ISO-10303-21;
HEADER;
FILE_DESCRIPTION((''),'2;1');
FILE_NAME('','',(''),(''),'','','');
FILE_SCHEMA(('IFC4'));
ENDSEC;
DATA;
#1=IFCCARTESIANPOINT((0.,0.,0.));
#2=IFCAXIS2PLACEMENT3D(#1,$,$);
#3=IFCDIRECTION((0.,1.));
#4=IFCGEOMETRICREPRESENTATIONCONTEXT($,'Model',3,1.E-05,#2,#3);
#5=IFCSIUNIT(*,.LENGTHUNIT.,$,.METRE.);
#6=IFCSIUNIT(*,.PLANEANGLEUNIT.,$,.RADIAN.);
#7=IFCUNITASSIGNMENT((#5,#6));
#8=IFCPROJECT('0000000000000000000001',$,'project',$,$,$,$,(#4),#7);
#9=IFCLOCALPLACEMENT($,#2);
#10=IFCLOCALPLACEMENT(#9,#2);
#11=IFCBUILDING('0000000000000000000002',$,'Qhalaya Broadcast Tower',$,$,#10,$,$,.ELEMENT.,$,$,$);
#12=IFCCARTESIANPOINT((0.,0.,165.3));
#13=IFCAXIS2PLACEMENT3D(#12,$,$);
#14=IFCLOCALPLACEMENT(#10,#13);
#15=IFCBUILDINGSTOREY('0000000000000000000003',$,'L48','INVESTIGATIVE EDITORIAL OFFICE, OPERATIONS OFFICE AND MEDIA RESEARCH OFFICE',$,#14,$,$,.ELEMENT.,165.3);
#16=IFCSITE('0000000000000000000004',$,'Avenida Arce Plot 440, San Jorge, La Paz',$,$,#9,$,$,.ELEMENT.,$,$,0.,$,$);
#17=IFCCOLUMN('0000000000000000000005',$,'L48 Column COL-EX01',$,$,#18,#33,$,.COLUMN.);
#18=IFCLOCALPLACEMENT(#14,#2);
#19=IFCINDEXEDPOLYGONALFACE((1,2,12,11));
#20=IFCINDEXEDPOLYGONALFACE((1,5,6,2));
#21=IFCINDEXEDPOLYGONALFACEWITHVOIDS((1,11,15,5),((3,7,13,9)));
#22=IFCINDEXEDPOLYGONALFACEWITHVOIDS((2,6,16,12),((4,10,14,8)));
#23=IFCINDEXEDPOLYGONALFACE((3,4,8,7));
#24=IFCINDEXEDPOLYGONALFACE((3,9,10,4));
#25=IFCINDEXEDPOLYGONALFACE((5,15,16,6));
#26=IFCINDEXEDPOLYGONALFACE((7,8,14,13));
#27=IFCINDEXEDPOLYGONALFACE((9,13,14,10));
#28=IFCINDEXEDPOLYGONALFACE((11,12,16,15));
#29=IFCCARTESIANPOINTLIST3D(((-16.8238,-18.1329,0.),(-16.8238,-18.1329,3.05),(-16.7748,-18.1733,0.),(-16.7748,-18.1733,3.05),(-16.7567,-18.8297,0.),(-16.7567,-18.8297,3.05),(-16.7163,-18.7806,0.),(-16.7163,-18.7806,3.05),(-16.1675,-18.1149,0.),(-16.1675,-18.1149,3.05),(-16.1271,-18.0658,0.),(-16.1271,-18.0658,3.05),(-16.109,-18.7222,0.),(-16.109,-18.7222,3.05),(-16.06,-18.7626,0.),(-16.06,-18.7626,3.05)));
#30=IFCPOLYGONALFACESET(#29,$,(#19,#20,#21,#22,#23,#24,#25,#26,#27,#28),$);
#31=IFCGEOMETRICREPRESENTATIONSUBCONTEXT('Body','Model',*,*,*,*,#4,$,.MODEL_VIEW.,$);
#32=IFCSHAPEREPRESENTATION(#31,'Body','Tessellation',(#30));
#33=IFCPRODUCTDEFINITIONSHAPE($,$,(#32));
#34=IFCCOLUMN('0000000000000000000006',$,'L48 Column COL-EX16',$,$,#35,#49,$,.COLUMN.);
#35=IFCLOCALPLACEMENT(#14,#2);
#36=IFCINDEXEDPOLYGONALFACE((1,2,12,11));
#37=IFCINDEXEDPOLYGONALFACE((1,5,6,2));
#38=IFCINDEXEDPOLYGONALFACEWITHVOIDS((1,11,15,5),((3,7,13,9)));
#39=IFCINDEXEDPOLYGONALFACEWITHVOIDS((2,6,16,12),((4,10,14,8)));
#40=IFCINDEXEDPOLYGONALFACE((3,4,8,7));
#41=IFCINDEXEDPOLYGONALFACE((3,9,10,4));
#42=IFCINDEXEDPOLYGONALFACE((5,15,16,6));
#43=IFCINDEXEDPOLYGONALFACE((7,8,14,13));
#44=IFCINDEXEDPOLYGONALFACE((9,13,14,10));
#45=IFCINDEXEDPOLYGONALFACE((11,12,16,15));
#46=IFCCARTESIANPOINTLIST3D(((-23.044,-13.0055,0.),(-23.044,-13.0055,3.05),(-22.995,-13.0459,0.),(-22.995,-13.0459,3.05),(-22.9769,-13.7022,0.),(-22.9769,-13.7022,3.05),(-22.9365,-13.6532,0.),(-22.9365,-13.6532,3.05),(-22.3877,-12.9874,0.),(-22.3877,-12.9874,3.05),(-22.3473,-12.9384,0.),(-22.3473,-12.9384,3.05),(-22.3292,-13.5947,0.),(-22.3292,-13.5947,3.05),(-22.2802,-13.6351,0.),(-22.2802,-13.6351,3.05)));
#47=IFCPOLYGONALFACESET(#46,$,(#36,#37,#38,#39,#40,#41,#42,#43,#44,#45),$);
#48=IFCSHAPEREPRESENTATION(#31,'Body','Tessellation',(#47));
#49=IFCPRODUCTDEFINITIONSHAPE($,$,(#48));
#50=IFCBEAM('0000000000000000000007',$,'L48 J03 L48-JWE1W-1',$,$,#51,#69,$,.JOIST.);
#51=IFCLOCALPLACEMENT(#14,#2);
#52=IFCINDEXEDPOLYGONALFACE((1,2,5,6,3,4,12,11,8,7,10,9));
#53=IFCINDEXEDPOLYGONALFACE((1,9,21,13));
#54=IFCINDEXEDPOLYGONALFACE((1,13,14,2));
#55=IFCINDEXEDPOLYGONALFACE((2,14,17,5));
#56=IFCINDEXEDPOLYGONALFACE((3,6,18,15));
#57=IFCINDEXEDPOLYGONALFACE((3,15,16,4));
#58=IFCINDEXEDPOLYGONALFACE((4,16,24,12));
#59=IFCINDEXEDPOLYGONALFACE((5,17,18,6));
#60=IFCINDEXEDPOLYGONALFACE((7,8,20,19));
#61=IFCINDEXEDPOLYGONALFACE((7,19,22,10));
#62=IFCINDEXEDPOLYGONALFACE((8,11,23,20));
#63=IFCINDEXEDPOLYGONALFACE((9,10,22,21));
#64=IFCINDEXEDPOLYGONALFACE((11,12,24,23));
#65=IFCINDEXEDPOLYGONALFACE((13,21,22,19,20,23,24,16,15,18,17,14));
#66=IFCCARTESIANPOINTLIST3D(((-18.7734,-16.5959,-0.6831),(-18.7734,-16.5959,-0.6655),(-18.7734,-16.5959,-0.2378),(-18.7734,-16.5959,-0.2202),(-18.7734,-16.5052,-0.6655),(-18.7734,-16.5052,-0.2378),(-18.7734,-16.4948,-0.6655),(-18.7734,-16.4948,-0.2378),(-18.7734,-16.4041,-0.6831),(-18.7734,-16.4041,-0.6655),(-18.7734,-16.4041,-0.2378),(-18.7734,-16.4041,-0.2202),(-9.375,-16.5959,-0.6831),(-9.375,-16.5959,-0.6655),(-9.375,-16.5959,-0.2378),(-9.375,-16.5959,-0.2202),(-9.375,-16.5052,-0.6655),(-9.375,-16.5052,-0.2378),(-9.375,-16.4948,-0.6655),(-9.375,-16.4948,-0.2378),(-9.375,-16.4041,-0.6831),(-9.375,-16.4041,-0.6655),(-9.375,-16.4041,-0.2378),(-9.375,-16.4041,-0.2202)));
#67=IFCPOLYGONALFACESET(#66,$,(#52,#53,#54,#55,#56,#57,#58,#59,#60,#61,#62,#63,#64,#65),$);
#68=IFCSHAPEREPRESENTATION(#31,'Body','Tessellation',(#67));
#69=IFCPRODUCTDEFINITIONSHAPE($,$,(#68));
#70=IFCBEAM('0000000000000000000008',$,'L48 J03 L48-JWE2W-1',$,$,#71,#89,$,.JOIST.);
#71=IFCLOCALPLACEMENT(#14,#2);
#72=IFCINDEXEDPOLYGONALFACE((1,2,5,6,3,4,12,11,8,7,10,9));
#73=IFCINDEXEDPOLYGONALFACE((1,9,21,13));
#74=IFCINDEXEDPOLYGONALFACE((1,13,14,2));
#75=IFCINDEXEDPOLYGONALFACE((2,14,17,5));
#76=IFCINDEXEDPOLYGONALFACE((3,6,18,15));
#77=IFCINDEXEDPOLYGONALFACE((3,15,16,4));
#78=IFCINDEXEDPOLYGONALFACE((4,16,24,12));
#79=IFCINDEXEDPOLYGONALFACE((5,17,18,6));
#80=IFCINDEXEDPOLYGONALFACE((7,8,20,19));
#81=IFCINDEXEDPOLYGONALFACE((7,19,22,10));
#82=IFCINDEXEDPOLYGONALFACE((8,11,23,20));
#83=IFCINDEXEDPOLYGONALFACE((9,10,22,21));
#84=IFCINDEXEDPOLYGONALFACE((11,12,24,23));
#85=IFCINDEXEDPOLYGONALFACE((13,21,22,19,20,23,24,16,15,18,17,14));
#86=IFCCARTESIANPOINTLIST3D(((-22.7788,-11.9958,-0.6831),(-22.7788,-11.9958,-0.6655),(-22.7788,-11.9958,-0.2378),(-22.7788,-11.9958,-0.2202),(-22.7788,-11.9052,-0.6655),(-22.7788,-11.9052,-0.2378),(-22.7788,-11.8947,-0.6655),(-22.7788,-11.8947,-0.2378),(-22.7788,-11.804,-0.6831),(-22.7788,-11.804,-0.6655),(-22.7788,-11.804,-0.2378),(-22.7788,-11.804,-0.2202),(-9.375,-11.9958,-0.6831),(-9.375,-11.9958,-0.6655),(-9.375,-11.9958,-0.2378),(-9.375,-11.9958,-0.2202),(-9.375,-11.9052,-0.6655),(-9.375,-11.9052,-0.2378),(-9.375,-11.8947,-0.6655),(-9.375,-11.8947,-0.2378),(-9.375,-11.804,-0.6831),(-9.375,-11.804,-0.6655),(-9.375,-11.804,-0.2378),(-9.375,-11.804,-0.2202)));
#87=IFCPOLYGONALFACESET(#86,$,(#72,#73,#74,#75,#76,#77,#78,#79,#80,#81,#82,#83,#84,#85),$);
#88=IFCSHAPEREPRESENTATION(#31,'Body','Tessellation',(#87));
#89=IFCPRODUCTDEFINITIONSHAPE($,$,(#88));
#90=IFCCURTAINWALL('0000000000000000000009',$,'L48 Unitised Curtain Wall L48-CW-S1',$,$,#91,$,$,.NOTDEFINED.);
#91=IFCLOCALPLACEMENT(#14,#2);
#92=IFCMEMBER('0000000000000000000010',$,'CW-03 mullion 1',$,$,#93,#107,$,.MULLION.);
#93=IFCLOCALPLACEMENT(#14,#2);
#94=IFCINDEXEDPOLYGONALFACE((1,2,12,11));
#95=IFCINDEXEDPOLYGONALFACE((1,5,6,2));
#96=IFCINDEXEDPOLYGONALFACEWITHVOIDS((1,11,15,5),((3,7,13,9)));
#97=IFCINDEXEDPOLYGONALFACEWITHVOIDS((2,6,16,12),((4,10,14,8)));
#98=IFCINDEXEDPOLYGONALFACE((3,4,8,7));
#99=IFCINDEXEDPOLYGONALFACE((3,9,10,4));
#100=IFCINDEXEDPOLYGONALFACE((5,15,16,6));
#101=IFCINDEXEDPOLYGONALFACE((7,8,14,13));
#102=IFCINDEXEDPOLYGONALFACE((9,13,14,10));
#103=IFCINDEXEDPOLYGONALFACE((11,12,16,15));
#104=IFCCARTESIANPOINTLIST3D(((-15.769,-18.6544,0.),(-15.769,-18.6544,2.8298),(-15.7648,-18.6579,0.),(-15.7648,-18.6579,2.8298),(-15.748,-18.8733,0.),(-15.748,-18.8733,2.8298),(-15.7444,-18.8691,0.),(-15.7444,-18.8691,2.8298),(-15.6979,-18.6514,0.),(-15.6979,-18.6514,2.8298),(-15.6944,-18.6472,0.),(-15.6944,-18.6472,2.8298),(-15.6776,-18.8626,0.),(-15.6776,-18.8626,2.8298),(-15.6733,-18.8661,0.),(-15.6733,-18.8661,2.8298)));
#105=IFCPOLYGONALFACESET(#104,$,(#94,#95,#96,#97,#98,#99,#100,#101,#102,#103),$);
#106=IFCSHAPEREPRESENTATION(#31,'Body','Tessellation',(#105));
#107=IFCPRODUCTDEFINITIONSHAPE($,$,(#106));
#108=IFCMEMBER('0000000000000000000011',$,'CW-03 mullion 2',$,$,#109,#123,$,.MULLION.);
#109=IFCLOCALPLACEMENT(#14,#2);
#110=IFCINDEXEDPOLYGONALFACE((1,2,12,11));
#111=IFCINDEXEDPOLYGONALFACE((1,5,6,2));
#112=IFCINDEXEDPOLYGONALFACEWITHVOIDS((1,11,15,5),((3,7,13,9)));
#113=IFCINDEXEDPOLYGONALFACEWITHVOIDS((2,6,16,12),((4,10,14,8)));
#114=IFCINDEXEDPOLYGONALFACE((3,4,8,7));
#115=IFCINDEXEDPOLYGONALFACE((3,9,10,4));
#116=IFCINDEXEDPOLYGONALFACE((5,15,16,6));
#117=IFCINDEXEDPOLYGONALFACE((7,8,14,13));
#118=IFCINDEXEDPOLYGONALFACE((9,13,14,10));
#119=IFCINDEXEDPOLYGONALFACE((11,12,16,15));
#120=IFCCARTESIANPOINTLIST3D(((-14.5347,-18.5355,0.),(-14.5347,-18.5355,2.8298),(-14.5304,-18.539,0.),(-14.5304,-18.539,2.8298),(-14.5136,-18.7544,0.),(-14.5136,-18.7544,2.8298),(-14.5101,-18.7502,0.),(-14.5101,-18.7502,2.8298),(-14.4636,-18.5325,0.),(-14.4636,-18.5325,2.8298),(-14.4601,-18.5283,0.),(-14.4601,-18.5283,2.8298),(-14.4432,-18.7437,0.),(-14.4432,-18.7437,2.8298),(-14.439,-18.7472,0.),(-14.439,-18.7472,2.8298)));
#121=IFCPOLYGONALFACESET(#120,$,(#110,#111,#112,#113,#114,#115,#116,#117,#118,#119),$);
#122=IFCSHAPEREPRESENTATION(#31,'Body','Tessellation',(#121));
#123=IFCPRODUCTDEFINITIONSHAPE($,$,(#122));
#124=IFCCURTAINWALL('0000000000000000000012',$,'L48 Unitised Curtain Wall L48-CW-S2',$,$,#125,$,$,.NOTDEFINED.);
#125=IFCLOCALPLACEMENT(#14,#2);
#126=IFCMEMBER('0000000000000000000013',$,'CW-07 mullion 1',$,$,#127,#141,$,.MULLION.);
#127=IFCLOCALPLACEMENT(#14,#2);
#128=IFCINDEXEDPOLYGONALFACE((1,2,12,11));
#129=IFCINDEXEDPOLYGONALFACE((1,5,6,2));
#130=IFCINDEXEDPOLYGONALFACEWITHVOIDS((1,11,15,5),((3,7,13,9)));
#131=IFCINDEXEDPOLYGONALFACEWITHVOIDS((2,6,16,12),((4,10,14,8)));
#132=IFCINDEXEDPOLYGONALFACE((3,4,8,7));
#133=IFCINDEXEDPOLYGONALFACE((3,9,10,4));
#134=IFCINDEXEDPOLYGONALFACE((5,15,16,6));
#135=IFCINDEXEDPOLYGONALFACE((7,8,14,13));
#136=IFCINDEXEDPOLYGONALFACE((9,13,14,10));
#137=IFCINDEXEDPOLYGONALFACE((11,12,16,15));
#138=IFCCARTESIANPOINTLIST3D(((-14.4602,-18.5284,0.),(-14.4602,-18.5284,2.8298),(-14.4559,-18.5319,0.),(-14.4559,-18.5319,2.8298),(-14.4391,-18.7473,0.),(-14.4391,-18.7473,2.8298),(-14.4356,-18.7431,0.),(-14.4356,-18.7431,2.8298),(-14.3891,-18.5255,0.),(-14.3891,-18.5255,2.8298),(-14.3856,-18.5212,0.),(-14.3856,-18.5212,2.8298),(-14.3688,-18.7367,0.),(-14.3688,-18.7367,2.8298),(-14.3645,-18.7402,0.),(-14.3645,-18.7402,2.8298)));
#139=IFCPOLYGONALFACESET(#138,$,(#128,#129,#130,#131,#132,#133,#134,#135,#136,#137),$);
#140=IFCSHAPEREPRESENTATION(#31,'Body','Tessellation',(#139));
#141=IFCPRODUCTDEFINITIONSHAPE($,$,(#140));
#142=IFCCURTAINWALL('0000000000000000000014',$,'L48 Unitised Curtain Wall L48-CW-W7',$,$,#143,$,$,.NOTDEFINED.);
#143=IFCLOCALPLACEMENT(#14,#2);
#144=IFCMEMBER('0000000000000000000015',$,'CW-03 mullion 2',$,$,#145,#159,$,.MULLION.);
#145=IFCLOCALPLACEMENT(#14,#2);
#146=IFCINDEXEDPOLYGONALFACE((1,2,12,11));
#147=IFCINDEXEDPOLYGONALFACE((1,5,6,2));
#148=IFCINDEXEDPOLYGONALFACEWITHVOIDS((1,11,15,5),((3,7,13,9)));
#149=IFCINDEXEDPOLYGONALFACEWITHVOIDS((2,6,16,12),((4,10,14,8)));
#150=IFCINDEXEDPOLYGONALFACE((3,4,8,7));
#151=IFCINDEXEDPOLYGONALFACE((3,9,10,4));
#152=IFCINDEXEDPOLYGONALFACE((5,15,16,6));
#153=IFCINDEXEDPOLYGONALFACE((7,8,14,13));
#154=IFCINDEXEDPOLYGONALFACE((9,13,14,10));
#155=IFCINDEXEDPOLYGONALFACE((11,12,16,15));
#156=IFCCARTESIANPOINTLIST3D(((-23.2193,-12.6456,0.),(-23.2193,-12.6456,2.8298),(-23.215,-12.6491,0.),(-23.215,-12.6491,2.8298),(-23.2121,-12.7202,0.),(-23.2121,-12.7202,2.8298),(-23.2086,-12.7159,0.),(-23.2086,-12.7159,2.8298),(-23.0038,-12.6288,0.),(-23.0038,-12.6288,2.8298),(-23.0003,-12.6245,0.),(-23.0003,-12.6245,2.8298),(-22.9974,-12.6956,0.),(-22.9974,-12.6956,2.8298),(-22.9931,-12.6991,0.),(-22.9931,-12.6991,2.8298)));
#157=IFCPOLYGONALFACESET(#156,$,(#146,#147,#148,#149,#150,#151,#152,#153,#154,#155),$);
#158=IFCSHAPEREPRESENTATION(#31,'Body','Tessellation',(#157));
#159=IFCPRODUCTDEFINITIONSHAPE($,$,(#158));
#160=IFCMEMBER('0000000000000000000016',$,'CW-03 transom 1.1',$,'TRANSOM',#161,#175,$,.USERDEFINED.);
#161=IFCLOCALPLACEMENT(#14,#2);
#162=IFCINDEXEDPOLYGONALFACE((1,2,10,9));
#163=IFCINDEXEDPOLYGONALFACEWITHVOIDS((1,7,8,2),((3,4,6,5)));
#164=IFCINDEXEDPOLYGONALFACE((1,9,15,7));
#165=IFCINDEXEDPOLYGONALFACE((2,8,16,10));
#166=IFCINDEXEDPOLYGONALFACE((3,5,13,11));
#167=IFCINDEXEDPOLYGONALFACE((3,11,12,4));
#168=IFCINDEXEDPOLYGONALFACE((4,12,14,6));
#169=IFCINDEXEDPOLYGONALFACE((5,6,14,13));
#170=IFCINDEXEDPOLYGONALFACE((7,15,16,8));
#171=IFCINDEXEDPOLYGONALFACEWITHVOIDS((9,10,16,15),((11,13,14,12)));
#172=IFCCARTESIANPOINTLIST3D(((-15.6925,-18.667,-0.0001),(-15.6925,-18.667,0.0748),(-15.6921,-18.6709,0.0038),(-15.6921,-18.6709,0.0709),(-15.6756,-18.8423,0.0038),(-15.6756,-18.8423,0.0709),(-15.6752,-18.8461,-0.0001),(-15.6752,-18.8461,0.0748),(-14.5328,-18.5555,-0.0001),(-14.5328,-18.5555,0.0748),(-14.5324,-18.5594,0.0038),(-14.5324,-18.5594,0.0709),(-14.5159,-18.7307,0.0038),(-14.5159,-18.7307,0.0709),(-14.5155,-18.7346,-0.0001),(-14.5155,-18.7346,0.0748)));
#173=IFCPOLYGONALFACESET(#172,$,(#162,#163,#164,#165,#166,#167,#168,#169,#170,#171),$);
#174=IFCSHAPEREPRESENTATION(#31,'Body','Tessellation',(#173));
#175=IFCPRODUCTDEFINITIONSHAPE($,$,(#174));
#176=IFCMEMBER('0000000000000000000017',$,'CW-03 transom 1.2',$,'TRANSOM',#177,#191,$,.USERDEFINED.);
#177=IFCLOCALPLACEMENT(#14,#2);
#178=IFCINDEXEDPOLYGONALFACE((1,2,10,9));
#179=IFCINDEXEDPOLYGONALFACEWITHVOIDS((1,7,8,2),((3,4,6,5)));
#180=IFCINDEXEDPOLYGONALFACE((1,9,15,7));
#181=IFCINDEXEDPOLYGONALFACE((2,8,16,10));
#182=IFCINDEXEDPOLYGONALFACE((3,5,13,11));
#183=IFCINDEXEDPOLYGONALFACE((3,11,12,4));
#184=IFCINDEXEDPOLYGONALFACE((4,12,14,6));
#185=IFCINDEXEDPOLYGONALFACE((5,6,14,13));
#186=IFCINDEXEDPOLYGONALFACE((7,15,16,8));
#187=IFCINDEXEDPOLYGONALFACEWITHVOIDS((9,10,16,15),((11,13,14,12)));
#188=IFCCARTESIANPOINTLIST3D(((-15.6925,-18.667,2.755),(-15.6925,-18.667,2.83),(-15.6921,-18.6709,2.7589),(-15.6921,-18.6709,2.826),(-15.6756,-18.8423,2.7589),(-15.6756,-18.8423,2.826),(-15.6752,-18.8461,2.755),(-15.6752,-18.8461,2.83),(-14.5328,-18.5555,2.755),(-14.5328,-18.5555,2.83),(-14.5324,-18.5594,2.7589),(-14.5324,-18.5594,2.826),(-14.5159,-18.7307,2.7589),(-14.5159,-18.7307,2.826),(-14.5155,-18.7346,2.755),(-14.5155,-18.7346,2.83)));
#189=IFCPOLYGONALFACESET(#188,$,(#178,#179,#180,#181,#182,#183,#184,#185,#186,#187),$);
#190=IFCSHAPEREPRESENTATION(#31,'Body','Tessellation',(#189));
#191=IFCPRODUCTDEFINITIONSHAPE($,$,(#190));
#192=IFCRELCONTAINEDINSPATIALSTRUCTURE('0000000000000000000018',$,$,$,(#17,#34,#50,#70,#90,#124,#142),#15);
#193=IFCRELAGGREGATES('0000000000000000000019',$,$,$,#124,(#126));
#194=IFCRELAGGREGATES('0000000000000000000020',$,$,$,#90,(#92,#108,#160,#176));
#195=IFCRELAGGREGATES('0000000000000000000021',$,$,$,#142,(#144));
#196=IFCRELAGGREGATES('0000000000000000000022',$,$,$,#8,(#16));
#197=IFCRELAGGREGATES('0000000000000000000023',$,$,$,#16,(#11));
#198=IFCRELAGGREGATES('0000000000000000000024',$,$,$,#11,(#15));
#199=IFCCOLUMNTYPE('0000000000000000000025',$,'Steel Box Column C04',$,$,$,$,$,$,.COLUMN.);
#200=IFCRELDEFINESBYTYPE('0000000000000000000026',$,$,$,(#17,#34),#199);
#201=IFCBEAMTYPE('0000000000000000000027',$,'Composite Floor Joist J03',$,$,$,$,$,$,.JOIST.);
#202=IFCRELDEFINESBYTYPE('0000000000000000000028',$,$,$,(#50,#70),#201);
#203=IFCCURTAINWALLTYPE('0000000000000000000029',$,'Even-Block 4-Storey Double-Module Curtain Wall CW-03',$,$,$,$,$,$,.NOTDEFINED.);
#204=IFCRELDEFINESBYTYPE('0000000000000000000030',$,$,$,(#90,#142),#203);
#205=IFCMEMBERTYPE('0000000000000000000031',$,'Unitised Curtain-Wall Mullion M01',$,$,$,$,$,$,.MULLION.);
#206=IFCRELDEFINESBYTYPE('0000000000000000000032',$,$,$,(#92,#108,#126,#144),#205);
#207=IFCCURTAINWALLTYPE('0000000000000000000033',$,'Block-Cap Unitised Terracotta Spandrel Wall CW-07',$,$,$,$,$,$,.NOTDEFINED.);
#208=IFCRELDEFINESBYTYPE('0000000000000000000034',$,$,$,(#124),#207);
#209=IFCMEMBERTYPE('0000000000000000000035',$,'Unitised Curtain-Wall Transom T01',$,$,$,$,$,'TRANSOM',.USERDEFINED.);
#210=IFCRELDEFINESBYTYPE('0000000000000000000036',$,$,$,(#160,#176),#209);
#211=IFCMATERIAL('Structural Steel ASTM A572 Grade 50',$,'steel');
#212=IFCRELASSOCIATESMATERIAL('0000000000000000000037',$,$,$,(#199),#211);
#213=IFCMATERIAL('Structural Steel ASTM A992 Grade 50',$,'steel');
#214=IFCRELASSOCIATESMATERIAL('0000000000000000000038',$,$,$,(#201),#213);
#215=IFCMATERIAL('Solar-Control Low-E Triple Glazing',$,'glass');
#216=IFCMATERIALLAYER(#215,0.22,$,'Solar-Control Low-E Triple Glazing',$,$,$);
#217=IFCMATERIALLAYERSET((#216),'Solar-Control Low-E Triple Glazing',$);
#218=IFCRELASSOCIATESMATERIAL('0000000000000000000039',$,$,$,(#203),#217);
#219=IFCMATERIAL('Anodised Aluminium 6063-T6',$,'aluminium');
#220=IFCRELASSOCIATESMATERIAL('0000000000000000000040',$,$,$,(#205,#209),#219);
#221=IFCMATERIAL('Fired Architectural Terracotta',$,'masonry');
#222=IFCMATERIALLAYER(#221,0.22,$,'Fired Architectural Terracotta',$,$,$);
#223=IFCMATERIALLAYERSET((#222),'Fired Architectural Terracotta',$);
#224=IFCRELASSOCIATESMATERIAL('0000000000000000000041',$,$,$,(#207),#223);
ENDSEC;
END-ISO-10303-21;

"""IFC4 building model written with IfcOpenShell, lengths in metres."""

from ifc_helpers import new_model, si_unit, direction, frame, origin, origin_2d, place, context, subcontext, project, spatial, hollow_rectangle, i_section, extrude, material, layer, layer_set, material_profile, profile_set, type_object, element, aggregate, save


model = new_model("IFC4")

# Units and contexts
model_context = context("Model", 3, precision=1e-05, world=origin(), true_north=direction((0.0, 1.0)))
body_context = subcontext(model_context, "Body", "Model", "MODEL_VIEW")
ifc_project = project(units=[si_unit("LENGTHUNIT", "METRE"), si_unit("PLANEANGLEUNIT", "RADIAN")], contexts=[model_context])

# Site, building, storey
site_placement = place(None, origin())
site = spatial("IfcSite", under=ifc_project, at=site_placement, Name="Avenida Arce Plot 440, San Jorge, La Paz", CompositionType="ELEMENT", RefElevation=0.0)
building_placement = place(site_placement, origin())
building = spatial("IfcBuilding", under=site, at=building_placement, Name="Qhalaya Broadcast Tower", CompositionType="ELEMENT")
storey_placement = place(building_placement, frame((0.0, 0.0, 165.3)))
storey = spatial("IfcBuildingStorey", under=building, at=storey_placement, Name="L48", Description="INVESTIGATIVE EDITORIAL OFFICE, OPERATIONS OFFICE AND MEDIA RESEARCH OFFICE", CompositionType="ELEMENT", Elevation=165.3)

# Columns
ifc_material_1 = material(Name="Structural Steel ASTM A572 Grade 50", Category="steel")
ifc_material_profile_1 = material_profile(ifc_material_1, hollow_rectangle(XDim=0.7, YDim=0.7, WallThickness=0.0449, at=origin_2d()), Name="BOX 700x700x45")
ifc_profile_set_1 = profile_set([ifc_material_profile_1], Name="Structural Steel ASTM A572 Grade 50")
column_type = type_object("IfcColumnType", Name="Steel Box Column C04", PredefinedType="COLUMN", material=ifc_profile_set_1)
for number, where, z_axis, x_axis, name in (
    (1, (-16.4419, -18.4478, 0.0), (0.0, 0.0, 1.0), (0.995396, 0.095846, 0.0), "L48 Column COL-EX01"),
    (2, (-22.6621, -13.3203, 0.0), (0.0, 0.0, 1.0), (-0.095846, 0.995396, 0.0), "L48 Column COL-EX16"),
):
    element("IfcColumn", number, at=place(storey_placement, frame(where, z_axis=z_axis, x_axis=x_axis)), inside=storey, type_object=column_type, Name=name, PredefinedType="COLUMN", context=body_context, shape_type="SweptSolid", body=[
        extrude(hollow_rectangle(XDim=0.7, YDim=0.7, WallThickness=0.0449, at=origin_2d()), origin(), (0.0, 0.0, 1.0), 3.05),
    ])

# Beams
ifc_material_2 = material(Name="Structural Steel ASTM A992 Grade 50", Category="steel")
ifc_material_profile_2 = material_profile(ifc_material_2, i_section(OverallWidth=0.1919, OverallDepth=0.4629, WebThickness=0.0105, FlangeThickness=0.0176, at=origin_2d()), Name="W18X60")
ifc_profile_set_2 = profile_set([ifc_material_profile_2], Name="Structural Steel ASTM A992 Grade 50")
beam_type_1 = type_object("IfcBeamType", Name="Composite Floor Joist J03", PredefinedType="JOIST", material=ifc_profile_set_2)
beam_1_placement = place(storey_placement, frame((-18.7734, -16.5, -0.4517), z_axis=(1.0, 0.0, 0.0), x_axis=(0.0, 1.0, 0.0)))
element("IfcBeam", 3, at=beam_1_placement, inside=storey, type_object=beam_type_1, Name="L48 J03 L48-JWE1W-1", PredefinedType="JOIST", context=body_context, shape_type="SweptSolid", body=[
    extrude(i_section(OverallWidth=0.1919, OverallDepth=0.4629, WebThickness=0.0105, FlangeThickness=0.0176, at=origin_2d()), origin(), (0.0, 0.0, 1.0), 9.3984),
])
beam_2_placement = place(storey_placement, frame((-22.7788, -11.8999, -0.4517), z_axis=(1.0, 0.0, 0.0), x_axis=(0.0, 1.0, 0.0)))
element("IfcBeam", 4, at=beam_2_placement, inside=storey, type_object=beam_type_1, Name="L48 J03 L48-JWE2W-1", PredefinedType="JOIST", context=body_context, shape_type="SweptSolid", body=[
    extrude(i_section(OverallWidth=0.1919, OverallDepth=0.4629, WebThickness=0.0105, FlangeThickness=0.0176, at=origin_2d()), origin(), (0.0, 0.0, 1.0), 13.4038),
])

# Curtain wall, members
ifc_material_3 = material(Name="Solar-Control Low-E Triple Glazing", Category="glass")
ifc_layer_1 = layer(ifc_material_3, 0.22, Name="Solar-Control Low-E Triple Glazing")
ifc_layer_set_1 = layer_set([ifc_layer_1], Name="Solar-Control Low-E Triple Glazing")
curtain_wall_type_1 = type_object("IfcCurtainWallType", Name="Even-Block 4-Storey Double-Module Curtain Wall CW-03", PredefinedType="NOTDEFINED", material=ifc_layer_set_1)
curtain_wall_1_placement = place(storey_placement, origin())
curtain_wall_1 = element("IfcCurtainWall", 5, at=curtain_wall_1_placement, inside=storey, type_object=curtain_wall_type_1, Name="L48 Unitised Curtain Wall L48-CW-S1", PredefinedType="NOTDEFINED")
ifc_material_4 = material(Name="Anodised Aluminium 6063-T6", Category="aluminium")
ifc_material_profile_3 = material_profile(ifc_material_4, hollow_rectangle(XDim=0.075, YDim=0.22, WallThickness=0.0039, at=origin_2d()), Name="ALU-MUL 75x220x4")
ifc_profile_set_3 = profile_set([ifc_material_profile_3], Name="Anodised Aluminium 6063-T6")
member_type_1 = type_object("IfcMemberType", Name="Unitised Curtain-Wall Mullion M01", PredefinedType="MULLION", material=ifc_profile_set_3)
member_1_placement = place(storey_placement, frame((-15.7212, -18.7603, 0.0), z_axis=(0.0, 0.0, 1.0), x_axis=(0.995399, 0.095821, 0.0)))
member_1 = element("IfcMember", 6, at=member_1_placement, type_object=member_type_1, Name="CW-03 mullion 1", PredefinedType="MULLION", context=body_context, shape_type="SweptSolid", body=[
    extrude(hollow_rectangle(XDim=0.075, YDim=0.22, WallThickness=0.0039, at=origin_2d()), origin(), (0.0, 0.0, 1.0), 2.8298),
])
member_2_placement = place(storey_placement, frame((-14.4868, -18.6414, 0.0), z_axis=(0.0, 0.0, 1.0), x_axis=(0.995399, 0.095821, 0.0)))
member_2 = element("IfcMember", 7, at=member_2_placement, type_object=member_type_1, Name="CW-03 mullion 2", PredefinedType="MULLION", context=body_context, shape_type="SweptSolid", body=[
    extrude(hollow_rectangle(XDim=0.075, YDim=0.22, WallThickness=0.0039, at=origin_2d()), origin(), (0.0, 0.0, 1.0), 2.8298),
])

# Curtain walls, members
ifc_material_5 = material(Name="Fired Architectural Terracotta", Category="masonry")
ifc_layer_2 = layer(ifc_material_5, 0.22, Name="Fired Architectural Terracotta")
ifc_layer_set_2 = layer_set([ifc_layer_2], Name="Fired Architectural Terracotta")
curtain_wall_type_2 = type_object("IfcCurtainWallType", Name="Block-Cap Unitised Terracotta Spandrel Wall CW-07", PredefinedType="NOTDEFINED", material=ifc_layer_set_2)
curtain_wall_2_placement = place(storey_placement, origin())
curtain_wall_2 = element("IfcCurtainWall", 8, at=curtain_wall_2_placement, inside=storey, type_object=curtain_wall_type_2, Name="L48 Unitised Curtain Wall L48-CW-S2", PredefinedType="NOTDEFINED")
member_3_placement = place(storey_placement, frame((-14.4124, -18.6343, 0.0), z_axis=(0.0, 0.0, 1.0), x_axis=(0.995395, 0.095855, 0.0)))
member_3 = element("IfcMember", 9, at=member_3_placement, type_object=member_type_1, Name="CW-07 mullion 1", PredefinedType="MULLION", context=body_context, shape_type="SweptSolid", body=[
    extrude(hollow_rectangle(XDim=0.075, YDim=0.22, WallThickness=0.0039, at=origin_2d()), origin(), (0.0, 0.0, 1.0), 2.8298),
])
curtain_wall_3_placement = place(storey_placement, origin())
curtain_wall_3 = element("IfcCurtainWall", 10, at=curtain_wall_3_placement, inside=storey, type_object=curtain_wall_type_1, Name="L48 Unitised Curtain Wall L48-CW-W7", PredefinedType="NOTDEFINED")
member_4_placement = place(storey_placement, frame((-23.1062, -12.6724, 0.0), z_axis=(0.0, 0.0, 1.0), x_axis=(0.095874, -0.995393, 0.0)))
member_4 = element("IfcMember", 11, at=member_4_placement, type_object=member_type_1, Name="CW-03 mullion 2", PredefinedType="MULLION", context=body_context, shape_type="SweptSolid", body=[
    extrude(hollow_rectangle(XDim=0.075, YDim=0.22, WallThickness=0.0039, at=origin_2d()), origin(), (0.0, 0.0, 1.0), 2.8298),
])

# Members
ifc_material_profile_4 = material_profile(ifc_material_4, hollow_rectangle(XDim=0.075, YDim=0.1799, WallThickness=0.0039, at=origin_2d()), Name="ALU-TRN 75x180x4")
ifc_profile_set_4 = profile_set([ifc_material_profile_4], Name="Anodised Aluminium 6063-T6")
member_type_2 = type_object("IfcMemberType", Name="Unitised Curtain-Wall Transom T01", ElementType="TRANSOM", PredefinedType="USERDEFINED", material=ifc_profile_set_4)
member_5_placement = place(storey_placement, frame((-15.6838, -18.7566, 0.0374), z_axis=(0.995404, 0.095768, 0.0), x_axis=(0.0, 0.0, 1.0)))
member_5 = element("IfcMember", 12, at=member_5_placement, type_object=member_type_2, Name="CW-03 transom 1.1", ObjectType="TRANSOM", PredefinedType="USERDEFINED", context=body_context, shape_type="SweptSolid", body=[
    extrude(hollow_rectangle(XDim=0.075, YDim=0.1799, WallThickness=0.0039, at=origin_2d()), origin(), (0.0, 0.0, 1.0), 1.165),
])
member_6_placement = place(storey_placement, frame((-15.6838, -18.7566, 2.7925), z_axis=(0.995404, 0.095768, 0.0), x_axis=(0.0, 0.0, 1.0)))
member_6 = element("IfcMember", 13, at=member_6_placement, type_object=member_type_2, Name="CW-03 transom 1.2", ObjectType="TRANSOM", PredefinedType="USERDEFINED", context=body_context, shape_type="SweptSolid", body=[
    extrude(hollow_rectangle(XDim=0.075, YDim=0.1799, WallThickness=0.0039, at=origin_2d()), origin(), (0.0, 0.0, 1.0), 1.165),
])

aggregate(curtain_wall_2, [member_3])
aggregate(curtain_wall_1, [member_1, member_2, member_5, member_6])
aggregate(curtain_wall_3, [member_4])

save(model, "model.ifc")
